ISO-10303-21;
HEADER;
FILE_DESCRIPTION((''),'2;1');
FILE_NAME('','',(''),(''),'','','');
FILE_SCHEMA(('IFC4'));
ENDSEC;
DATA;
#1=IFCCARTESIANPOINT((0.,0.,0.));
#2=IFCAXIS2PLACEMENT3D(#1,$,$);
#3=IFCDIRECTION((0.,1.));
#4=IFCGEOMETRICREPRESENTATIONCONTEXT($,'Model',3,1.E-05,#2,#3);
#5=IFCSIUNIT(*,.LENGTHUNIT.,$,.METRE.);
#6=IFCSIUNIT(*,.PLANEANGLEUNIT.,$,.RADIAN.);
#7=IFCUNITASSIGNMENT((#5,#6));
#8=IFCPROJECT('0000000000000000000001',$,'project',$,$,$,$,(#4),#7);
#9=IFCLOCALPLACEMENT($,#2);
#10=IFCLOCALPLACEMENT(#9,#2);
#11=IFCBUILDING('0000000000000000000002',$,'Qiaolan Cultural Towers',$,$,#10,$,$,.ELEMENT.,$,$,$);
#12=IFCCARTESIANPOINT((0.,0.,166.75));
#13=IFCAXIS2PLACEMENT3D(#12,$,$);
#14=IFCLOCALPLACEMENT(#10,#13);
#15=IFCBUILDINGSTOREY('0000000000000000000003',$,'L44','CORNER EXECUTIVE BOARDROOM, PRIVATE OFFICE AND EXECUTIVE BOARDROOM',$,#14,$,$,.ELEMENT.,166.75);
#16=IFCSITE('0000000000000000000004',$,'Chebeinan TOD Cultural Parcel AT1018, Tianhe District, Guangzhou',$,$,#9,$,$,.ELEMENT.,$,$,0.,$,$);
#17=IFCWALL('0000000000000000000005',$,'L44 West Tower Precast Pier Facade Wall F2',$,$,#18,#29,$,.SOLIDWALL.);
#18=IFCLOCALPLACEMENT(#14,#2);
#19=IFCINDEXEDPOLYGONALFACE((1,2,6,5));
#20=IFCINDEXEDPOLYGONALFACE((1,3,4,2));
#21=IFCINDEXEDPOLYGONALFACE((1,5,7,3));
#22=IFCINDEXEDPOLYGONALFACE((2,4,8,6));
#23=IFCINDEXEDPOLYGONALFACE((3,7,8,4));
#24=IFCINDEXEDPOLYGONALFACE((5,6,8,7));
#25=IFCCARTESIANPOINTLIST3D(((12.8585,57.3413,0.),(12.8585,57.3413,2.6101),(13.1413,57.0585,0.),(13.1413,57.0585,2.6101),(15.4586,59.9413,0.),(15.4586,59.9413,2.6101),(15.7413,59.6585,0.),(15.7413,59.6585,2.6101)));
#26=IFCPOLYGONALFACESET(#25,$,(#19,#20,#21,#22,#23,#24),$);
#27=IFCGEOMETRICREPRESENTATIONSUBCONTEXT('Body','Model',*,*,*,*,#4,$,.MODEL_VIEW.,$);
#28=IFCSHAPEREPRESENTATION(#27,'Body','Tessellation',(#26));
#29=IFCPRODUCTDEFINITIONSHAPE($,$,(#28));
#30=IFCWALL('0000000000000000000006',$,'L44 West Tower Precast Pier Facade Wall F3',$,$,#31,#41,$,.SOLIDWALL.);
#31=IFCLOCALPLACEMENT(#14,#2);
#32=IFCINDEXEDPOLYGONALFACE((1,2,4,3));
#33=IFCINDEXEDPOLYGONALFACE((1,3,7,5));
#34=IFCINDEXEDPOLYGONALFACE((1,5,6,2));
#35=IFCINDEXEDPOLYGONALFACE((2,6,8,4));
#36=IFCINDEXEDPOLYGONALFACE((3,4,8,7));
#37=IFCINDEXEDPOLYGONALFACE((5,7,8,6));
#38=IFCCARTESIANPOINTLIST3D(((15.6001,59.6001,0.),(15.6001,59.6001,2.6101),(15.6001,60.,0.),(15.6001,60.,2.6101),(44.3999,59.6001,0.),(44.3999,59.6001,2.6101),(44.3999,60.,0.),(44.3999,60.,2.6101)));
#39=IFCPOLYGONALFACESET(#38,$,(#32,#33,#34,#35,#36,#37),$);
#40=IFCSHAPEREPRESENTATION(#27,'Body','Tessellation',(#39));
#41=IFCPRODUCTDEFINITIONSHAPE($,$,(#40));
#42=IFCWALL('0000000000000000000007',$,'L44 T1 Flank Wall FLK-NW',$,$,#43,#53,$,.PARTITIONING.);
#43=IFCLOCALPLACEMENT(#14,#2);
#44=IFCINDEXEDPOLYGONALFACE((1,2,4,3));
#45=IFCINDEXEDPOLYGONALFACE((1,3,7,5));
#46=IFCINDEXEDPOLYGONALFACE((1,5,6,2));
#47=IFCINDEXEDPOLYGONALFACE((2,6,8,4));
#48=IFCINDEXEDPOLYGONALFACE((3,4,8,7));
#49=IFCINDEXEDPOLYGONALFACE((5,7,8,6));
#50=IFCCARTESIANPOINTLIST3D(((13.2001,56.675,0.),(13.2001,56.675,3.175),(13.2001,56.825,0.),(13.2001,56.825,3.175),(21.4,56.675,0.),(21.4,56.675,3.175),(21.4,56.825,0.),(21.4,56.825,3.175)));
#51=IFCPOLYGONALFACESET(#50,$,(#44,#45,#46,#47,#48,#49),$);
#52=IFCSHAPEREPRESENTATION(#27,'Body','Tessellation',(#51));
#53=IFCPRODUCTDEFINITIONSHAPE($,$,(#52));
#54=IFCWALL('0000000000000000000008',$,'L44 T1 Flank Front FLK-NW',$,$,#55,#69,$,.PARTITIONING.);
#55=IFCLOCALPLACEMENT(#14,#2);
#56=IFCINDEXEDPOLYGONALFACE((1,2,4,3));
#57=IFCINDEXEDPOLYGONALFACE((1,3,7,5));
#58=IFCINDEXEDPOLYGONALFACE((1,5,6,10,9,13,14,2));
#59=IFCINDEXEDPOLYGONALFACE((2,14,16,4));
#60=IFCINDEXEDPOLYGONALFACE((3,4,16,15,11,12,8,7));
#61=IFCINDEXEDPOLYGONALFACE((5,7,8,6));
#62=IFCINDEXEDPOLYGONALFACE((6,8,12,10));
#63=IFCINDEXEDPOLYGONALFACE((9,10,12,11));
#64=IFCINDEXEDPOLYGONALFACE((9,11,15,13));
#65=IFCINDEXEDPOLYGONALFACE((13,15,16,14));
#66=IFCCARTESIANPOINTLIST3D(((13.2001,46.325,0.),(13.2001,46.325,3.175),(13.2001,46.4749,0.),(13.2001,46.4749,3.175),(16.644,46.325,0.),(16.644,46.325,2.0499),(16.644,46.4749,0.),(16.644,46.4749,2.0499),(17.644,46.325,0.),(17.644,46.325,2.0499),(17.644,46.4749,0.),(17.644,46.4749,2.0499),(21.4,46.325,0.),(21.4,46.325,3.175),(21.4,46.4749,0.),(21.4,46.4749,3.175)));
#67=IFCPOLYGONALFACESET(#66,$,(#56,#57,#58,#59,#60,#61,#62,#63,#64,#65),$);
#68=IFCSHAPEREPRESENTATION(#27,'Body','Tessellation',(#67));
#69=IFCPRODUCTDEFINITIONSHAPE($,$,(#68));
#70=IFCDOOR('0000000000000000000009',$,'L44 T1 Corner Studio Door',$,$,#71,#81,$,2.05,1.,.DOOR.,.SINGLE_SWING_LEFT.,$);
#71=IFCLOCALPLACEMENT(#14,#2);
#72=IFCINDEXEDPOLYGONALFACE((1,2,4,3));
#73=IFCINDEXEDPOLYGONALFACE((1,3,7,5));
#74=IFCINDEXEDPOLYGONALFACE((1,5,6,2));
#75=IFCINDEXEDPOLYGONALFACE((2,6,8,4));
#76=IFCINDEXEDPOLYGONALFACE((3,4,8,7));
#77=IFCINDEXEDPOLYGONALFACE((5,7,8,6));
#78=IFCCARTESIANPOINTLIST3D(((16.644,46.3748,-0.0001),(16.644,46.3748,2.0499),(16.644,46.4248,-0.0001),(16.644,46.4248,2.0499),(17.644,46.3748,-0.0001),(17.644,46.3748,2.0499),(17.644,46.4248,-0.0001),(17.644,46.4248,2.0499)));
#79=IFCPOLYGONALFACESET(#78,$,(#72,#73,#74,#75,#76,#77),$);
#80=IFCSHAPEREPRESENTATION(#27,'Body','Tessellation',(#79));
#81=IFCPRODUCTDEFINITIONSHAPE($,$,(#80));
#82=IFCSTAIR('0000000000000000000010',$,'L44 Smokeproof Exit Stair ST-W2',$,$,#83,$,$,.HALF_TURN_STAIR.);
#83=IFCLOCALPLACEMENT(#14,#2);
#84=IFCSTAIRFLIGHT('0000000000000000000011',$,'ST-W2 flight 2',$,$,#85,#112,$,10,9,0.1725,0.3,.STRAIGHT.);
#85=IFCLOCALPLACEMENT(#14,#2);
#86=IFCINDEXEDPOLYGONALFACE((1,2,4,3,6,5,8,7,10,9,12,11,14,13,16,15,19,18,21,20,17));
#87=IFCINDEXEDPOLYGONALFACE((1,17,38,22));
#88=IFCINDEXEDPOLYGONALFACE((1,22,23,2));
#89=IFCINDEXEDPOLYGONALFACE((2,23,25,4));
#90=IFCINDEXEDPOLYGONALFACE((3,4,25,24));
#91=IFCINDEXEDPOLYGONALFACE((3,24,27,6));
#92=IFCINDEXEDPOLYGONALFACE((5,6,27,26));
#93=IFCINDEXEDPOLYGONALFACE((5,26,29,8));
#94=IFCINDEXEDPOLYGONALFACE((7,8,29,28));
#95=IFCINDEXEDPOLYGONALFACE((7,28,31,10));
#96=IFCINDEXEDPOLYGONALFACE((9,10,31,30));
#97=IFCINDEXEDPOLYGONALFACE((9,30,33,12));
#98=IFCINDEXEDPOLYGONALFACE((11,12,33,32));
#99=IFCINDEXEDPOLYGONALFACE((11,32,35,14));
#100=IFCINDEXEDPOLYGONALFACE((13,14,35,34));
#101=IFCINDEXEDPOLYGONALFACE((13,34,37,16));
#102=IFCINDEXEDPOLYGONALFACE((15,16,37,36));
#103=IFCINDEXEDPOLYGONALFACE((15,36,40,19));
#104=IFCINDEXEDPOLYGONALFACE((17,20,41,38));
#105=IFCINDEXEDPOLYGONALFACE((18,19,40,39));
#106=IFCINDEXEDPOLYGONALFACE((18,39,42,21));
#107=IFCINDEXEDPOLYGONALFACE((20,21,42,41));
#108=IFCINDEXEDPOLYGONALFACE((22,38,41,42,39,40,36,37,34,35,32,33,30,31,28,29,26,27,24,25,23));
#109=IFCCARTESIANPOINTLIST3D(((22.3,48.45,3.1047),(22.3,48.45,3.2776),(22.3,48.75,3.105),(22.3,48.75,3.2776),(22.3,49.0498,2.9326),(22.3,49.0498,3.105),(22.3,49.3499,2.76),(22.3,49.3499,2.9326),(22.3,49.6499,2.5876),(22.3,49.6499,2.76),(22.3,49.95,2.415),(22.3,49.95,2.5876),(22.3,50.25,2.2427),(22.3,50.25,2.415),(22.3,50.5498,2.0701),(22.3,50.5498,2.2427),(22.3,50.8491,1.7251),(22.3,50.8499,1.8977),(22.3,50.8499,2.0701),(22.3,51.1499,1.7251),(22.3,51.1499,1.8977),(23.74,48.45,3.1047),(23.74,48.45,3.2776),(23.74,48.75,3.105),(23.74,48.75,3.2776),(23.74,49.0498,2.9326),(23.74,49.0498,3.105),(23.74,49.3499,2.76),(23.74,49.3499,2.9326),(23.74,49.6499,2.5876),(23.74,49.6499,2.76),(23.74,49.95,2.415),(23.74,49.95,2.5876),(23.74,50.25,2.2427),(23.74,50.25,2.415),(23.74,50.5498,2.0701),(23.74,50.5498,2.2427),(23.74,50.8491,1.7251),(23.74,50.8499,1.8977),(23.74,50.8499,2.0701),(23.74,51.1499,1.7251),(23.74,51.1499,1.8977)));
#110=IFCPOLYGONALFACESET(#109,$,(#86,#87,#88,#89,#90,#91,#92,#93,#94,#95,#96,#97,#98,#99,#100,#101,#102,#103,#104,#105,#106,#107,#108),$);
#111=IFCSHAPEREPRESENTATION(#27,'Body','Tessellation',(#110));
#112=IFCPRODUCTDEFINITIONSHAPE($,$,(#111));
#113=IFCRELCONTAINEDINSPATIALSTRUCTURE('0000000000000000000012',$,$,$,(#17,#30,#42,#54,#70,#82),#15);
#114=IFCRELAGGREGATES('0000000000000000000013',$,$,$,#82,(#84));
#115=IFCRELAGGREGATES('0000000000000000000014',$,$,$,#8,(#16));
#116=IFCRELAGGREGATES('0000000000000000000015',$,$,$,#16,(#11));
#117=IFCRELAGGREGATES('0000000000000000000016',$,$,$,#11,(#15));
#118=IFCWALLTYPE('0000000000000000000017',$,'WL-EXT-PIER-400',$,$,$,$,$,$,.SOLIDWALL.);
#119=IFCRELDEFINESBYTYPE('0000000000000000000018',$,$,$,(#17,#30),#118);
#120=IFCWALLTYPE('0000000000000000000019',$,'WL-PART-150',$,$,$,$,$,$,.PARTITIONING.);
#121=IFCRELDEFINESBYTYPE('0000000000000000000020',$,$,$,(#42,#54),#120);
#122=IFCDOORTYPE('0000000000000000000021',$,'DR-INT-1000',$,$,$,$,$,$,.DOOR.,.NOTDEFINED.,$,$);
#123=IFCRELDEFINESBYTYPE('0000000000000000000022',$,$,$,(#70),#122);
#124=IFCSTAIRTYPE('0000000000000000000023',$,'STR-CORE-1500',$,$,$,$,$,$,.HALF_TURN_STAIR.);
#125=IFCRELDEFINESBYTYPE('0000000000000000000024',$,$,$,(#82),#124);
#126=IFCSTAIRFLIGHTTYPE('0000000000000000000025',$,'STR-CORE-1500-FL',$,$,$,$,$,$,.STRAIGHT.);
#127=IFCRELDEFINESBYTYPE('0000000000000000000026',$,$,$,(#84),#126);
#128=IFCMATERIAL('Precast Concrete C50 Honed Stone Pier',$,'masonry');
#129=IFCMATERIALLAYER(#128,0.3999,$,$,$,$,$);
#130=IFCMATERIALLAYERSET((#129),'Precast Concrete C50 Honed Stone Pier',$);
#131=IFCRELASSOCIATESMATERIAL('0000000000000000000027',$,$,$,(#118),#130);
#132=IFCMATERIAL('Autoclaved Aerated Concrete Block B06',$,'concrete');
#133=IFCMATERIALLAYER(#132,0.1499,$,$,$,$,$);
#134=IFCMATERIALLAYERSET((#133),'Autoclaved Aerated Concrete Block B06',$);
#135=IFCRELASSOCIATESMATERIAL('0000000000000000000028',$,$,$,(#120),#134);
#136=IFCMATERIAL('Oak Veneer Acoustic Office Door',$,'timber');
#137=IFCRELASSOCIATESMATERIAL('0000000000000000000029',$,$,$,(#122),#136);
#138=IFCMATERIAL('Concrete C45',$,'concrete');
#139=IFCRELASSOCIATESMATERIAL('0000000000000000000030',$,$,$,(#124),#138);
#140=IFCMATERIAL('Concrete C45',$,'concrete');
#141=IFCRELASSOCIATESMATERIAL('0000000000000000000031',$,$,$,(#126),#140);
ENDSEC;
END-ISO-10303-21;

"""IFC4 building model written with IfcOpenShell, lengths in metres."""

from ifc_helpers import new_model, si_unit, direction, frame, frame_2d, origin, place, context, subcontext, project, spatial, polyline, rectangle, outline, extrude, material, layer, layer_set, type_object, element, fill, aggregate, save


model = new_model("IFC4")

# Units and contexts
model_context = context("Model", 3, precision=1e-05, world=origin(), true_north=direction((0.0, 1.0)))
body_context = subcontext(model_context, "Body", "Model", "MODEL_VIEW")
ifc_project = project(units=[si_unit("LENGTHUNIT", "METRE"), si_unit("PLANEANGLEUNIT", "RADIAN")], contexts=[model_context])

# Site, building, storey
site_placement = place(None, origin())
site = spatial("IfcSite", under=ifc_project, at=site_placement, Name="Chebeinan TOD Cultural Parcel AT1018, Tianhe District, Guangzhou", CompositionType="ELEMENT", RefElevation=0.0)
building_placement = place(site_placement, origin())
building = spatial("IfcBuilding", under=site, at=building_placement, Name="Qiaolan Cultural Towers", CompositionType="ELEMENT")
storey_placement = place(building_placement, frame((0.0, 0.0, 166.75)))
storey = spatial("IfcBuildingStorey", under=building, at=storey_placement, Name="L44", Description="CORNER EXECUTIVE BOARDROOM, PRIVATE OFFICE AND EXECUTIVE BOARDROOM", CompositionType="ELEMENT", Elevation=166.75)

# Walls
ifc_material_1 = material(Name="Precast Concrete C50 Honed Stone Pier", Category="masonry")
ifc_layer_1 = layer(ifc_material_1, 0.3999)
ifc_layer_set_1 = layer_set([ifc_layer_1], Name="Precast Concrete C50 Honed Stone Pier")
wall_type_1 = type_object("IfcWallType", Name="WL-EXT-PIER-400", PredefinedType="SOLIDWALL", material=ifc_layer_set_1)
wall_1_placement = place(storey_placement, frame((13.0, 57.2, 0.0), z_axis=(0.0, 0.0, 1.0), x_axis=(0.707107, 0.707107, 0.0)))
element("IfcWall", 1, at=wall_1_placement, inside=storey, type_object=wall_type_1, Name="L44 West Tower Precast Pier Facade Wall F2", PredefinedType="SOLIDWALL", context=body_context, shape_type="SweptSolid", body=[
    extrude(rectangle(XDim=3.677, YDim=0.3999, at=frame_2d((1.8384, 0.0))), origin(), (0.0, 0.0, 1.0), 2.6101),
])
wall_2_placement = place(storey_placement, frame((15.6001, 59.8, 0.0), z_axis=(0.0, 0.0, 1.0), x_axis=(1.0, 0.0, 0.0)))
element("IfcWall", 2, at=wall_2_placement, inside=storey, type_object=wall_type_1, Name="L44 West Tower Precast Pier Facade Wall F3", PredefinedType="SOLIDWALL", context=body_context, shape_type="SweptSolid", body=[
    extrude(rectangle(XDim=28.7998, YDim=0.3999, at=frame_2d((14.3999, 0.0))), origin(), (0.0, 0.0, 1.0), 2.6101),
])
ifc_material_2 = material(Name="Autoclaved Aerated Concrete Block B06", Category="concrete")
ifc_layer_2 = layer(ifc_material_2, 0.1499)
ifc_layer_set_2 = layer_set([ifc_layer_2], Name="Autoclaved Aerated Concrete Block B06")
wall_type_2 = type_object("IfcWallType", Name="WL-PART-150", PredefinedType="PARTITIONING", material=ifc_layer_set_2)
wall_3_placement = place(storey_placement, frame((13.2, 56.75, 0.0), z_axis=(0.0, 0.0, 1.0), x_axis=(1.0, 0.0, 0.0)))
element("IfcWall", 3, at=wall_3_placement, inside=storey, type_object=wall_type_2, Name="L44 T1 Flank Wall FLK-NW", PredefinedType="PARTITIONING", context=body_context, shape_type="SweptSolid", body=[
    extrude(rectangle(XDim=8.2, YDim=0.1499, at=frame_2d((4.1001, 0.0))), origin(), (0.0, 0.0, 1.0), 3.175),
])

# Wall, opening, door
wall_4_placement = place(storey_placement, frame((13.2, 46.3999, 0.0), z_axis=(0.0, 0.0, 1.0), x_axis=(1.0, 0.0, 0.0)))
wall_4 = element("IfcWall", 4, at=wall_4_placement, inside=storey, type_object=wall_type_2, Name="L44 T1 Flank Front FLK-NW", PredefinedType="PARTITIONING", context=body_context, shape_type="SweptSolid", body=[
    extrude(rectangle(XDim=8.2, YDim=0.1499, at=frame_2d((4.1001, 0.0))), origin(), (0.0, 0.0, 1.0), 3.175),
])
opening_placement = place(wall_4_placement, frame((3.4441, 0.0, 0.0)))
opening = element("IfcOpeningElement", 5, at=opening_placement, cuts=wall_4, PredefinedType="OPENING", context=body_context, shape_type="SweptSolid", body=[
    extrude(rectangle(XDim=1.0, YDim=2.05, at=frame_2d((0.5, 1.0249))), frame((0.0, 0.085, 0.0), z_axis=(0.0, -1.0, 0.0), x_axis=(1.0, 0.0, 0.0)), (0.0, 0.0, 1.0), 0.1699),
])
ifc_material_3 = material(Name="Oak Veneer Acoustic Office Door", Category="timber")
door_type = type_object("IfcDoorType", Name="DR-INT-1000", OperationType="NOTDEFINED", PredefinedType="DOOR", material=ifc_material_3)
door_placement = place(opening_placement, origin())
door = element("IfcDoor", 6, at=door_placement, inside=storey, type_object=door_type, Name="L44 T1 Corner Studio Door", OperationType="SINGLE_SWING_LEFT", OverallHeight=2.05, OverallWidth=1.0, PredefinedType="DOOR", context=body_context, shape_type="SweptSolid", body=[
    extrude(rectangle(XDim=1.0, YDim=2.05, at=frame_2d((0.5, 1.0249))), frame((0.0, 0.0249, 0.0), z_axis=(0.0, -1.0, 0.0), x_axis=(1.0, 0.0, 0.0)), (0.0, 0.0, 1.0), 0.05),
])
fill(opening, door)

# Stair, stair flight
ifc_material_4 = material(Name="Concrete C45", Category="concrete")
stair_type = type_object("IfcStairType", Name="STR-CORE-1500", PredefinedType="HALF_TURN_STAIR", material=ifc_material_4)
stair_placement = place(storey_placement, origin())
stair = element("IfcStair", 7, at=stair_placement, inside=storey, type_object=stair_type, Name="L44 Smokeproof Exit Stair ST-W2", PredefinedType="HALF_TURN_STAIR")
ifc_material_5 = material(Name="Concrete C45", Category="concrete")
stair_flight_type = type_object("IfcStairFlightType", Name="STR-CORE-1500-FL", PredefinedType="STRAIGHT", material=ifc_material_5)
stair_flight_placement = place(storey_placement, frame((23.02, 51.1499, 1.7251), z_axis=(0.0, 0.0, 1.0), x_axis=(0.0, -1.0, 0.0)))
stair_flight = element("IfcStairFlight", 8, at=stair_flight_placement, type_object=stair_flight_type, Name="ST-W2 flight 2", NumberOfRisers=10, NumberOfTreads=9, PredefinedType="STRAIGHT", RiserHeight=0.1725, TreadLength=0.3, context=body_context, shape_type="SweptSolid", body=[
    extrude(outline(polyline([(0.0, 0.0), (0.0, 0.1726), (0.3, 0.1726), (0.3, 0.345), (0.6001, 0.345), (0.6001, 0.5176), (0.8999, 0.5176), (0.8999, 0.6899), (1.2, 0.6899), (1.2, 0.8625), (1.5, 0.8625), (1.5, 1.0349), (1.8, 1.0349), (1.8, 1.2075), (2.1001, 1.2075), (2.1001, 1.3799), (2.3999, 1.3799), (2.3999, 1.5525), (2.7, 1.5525), (2.7, 1.7251), (2.7, 1.3796), (0.3008, 0.0), (0.0, 0.0)])), frame((0.0, 0.72, 0.0), z_axis=(0.0, -1.0, 0.0), x_axis=(1.0, 0.0, 0.0)), (0.0, 0.0, 1.0), 1.4399),
])
aggregate(stair, [stair_flight])

save(model, "model.ifc")
